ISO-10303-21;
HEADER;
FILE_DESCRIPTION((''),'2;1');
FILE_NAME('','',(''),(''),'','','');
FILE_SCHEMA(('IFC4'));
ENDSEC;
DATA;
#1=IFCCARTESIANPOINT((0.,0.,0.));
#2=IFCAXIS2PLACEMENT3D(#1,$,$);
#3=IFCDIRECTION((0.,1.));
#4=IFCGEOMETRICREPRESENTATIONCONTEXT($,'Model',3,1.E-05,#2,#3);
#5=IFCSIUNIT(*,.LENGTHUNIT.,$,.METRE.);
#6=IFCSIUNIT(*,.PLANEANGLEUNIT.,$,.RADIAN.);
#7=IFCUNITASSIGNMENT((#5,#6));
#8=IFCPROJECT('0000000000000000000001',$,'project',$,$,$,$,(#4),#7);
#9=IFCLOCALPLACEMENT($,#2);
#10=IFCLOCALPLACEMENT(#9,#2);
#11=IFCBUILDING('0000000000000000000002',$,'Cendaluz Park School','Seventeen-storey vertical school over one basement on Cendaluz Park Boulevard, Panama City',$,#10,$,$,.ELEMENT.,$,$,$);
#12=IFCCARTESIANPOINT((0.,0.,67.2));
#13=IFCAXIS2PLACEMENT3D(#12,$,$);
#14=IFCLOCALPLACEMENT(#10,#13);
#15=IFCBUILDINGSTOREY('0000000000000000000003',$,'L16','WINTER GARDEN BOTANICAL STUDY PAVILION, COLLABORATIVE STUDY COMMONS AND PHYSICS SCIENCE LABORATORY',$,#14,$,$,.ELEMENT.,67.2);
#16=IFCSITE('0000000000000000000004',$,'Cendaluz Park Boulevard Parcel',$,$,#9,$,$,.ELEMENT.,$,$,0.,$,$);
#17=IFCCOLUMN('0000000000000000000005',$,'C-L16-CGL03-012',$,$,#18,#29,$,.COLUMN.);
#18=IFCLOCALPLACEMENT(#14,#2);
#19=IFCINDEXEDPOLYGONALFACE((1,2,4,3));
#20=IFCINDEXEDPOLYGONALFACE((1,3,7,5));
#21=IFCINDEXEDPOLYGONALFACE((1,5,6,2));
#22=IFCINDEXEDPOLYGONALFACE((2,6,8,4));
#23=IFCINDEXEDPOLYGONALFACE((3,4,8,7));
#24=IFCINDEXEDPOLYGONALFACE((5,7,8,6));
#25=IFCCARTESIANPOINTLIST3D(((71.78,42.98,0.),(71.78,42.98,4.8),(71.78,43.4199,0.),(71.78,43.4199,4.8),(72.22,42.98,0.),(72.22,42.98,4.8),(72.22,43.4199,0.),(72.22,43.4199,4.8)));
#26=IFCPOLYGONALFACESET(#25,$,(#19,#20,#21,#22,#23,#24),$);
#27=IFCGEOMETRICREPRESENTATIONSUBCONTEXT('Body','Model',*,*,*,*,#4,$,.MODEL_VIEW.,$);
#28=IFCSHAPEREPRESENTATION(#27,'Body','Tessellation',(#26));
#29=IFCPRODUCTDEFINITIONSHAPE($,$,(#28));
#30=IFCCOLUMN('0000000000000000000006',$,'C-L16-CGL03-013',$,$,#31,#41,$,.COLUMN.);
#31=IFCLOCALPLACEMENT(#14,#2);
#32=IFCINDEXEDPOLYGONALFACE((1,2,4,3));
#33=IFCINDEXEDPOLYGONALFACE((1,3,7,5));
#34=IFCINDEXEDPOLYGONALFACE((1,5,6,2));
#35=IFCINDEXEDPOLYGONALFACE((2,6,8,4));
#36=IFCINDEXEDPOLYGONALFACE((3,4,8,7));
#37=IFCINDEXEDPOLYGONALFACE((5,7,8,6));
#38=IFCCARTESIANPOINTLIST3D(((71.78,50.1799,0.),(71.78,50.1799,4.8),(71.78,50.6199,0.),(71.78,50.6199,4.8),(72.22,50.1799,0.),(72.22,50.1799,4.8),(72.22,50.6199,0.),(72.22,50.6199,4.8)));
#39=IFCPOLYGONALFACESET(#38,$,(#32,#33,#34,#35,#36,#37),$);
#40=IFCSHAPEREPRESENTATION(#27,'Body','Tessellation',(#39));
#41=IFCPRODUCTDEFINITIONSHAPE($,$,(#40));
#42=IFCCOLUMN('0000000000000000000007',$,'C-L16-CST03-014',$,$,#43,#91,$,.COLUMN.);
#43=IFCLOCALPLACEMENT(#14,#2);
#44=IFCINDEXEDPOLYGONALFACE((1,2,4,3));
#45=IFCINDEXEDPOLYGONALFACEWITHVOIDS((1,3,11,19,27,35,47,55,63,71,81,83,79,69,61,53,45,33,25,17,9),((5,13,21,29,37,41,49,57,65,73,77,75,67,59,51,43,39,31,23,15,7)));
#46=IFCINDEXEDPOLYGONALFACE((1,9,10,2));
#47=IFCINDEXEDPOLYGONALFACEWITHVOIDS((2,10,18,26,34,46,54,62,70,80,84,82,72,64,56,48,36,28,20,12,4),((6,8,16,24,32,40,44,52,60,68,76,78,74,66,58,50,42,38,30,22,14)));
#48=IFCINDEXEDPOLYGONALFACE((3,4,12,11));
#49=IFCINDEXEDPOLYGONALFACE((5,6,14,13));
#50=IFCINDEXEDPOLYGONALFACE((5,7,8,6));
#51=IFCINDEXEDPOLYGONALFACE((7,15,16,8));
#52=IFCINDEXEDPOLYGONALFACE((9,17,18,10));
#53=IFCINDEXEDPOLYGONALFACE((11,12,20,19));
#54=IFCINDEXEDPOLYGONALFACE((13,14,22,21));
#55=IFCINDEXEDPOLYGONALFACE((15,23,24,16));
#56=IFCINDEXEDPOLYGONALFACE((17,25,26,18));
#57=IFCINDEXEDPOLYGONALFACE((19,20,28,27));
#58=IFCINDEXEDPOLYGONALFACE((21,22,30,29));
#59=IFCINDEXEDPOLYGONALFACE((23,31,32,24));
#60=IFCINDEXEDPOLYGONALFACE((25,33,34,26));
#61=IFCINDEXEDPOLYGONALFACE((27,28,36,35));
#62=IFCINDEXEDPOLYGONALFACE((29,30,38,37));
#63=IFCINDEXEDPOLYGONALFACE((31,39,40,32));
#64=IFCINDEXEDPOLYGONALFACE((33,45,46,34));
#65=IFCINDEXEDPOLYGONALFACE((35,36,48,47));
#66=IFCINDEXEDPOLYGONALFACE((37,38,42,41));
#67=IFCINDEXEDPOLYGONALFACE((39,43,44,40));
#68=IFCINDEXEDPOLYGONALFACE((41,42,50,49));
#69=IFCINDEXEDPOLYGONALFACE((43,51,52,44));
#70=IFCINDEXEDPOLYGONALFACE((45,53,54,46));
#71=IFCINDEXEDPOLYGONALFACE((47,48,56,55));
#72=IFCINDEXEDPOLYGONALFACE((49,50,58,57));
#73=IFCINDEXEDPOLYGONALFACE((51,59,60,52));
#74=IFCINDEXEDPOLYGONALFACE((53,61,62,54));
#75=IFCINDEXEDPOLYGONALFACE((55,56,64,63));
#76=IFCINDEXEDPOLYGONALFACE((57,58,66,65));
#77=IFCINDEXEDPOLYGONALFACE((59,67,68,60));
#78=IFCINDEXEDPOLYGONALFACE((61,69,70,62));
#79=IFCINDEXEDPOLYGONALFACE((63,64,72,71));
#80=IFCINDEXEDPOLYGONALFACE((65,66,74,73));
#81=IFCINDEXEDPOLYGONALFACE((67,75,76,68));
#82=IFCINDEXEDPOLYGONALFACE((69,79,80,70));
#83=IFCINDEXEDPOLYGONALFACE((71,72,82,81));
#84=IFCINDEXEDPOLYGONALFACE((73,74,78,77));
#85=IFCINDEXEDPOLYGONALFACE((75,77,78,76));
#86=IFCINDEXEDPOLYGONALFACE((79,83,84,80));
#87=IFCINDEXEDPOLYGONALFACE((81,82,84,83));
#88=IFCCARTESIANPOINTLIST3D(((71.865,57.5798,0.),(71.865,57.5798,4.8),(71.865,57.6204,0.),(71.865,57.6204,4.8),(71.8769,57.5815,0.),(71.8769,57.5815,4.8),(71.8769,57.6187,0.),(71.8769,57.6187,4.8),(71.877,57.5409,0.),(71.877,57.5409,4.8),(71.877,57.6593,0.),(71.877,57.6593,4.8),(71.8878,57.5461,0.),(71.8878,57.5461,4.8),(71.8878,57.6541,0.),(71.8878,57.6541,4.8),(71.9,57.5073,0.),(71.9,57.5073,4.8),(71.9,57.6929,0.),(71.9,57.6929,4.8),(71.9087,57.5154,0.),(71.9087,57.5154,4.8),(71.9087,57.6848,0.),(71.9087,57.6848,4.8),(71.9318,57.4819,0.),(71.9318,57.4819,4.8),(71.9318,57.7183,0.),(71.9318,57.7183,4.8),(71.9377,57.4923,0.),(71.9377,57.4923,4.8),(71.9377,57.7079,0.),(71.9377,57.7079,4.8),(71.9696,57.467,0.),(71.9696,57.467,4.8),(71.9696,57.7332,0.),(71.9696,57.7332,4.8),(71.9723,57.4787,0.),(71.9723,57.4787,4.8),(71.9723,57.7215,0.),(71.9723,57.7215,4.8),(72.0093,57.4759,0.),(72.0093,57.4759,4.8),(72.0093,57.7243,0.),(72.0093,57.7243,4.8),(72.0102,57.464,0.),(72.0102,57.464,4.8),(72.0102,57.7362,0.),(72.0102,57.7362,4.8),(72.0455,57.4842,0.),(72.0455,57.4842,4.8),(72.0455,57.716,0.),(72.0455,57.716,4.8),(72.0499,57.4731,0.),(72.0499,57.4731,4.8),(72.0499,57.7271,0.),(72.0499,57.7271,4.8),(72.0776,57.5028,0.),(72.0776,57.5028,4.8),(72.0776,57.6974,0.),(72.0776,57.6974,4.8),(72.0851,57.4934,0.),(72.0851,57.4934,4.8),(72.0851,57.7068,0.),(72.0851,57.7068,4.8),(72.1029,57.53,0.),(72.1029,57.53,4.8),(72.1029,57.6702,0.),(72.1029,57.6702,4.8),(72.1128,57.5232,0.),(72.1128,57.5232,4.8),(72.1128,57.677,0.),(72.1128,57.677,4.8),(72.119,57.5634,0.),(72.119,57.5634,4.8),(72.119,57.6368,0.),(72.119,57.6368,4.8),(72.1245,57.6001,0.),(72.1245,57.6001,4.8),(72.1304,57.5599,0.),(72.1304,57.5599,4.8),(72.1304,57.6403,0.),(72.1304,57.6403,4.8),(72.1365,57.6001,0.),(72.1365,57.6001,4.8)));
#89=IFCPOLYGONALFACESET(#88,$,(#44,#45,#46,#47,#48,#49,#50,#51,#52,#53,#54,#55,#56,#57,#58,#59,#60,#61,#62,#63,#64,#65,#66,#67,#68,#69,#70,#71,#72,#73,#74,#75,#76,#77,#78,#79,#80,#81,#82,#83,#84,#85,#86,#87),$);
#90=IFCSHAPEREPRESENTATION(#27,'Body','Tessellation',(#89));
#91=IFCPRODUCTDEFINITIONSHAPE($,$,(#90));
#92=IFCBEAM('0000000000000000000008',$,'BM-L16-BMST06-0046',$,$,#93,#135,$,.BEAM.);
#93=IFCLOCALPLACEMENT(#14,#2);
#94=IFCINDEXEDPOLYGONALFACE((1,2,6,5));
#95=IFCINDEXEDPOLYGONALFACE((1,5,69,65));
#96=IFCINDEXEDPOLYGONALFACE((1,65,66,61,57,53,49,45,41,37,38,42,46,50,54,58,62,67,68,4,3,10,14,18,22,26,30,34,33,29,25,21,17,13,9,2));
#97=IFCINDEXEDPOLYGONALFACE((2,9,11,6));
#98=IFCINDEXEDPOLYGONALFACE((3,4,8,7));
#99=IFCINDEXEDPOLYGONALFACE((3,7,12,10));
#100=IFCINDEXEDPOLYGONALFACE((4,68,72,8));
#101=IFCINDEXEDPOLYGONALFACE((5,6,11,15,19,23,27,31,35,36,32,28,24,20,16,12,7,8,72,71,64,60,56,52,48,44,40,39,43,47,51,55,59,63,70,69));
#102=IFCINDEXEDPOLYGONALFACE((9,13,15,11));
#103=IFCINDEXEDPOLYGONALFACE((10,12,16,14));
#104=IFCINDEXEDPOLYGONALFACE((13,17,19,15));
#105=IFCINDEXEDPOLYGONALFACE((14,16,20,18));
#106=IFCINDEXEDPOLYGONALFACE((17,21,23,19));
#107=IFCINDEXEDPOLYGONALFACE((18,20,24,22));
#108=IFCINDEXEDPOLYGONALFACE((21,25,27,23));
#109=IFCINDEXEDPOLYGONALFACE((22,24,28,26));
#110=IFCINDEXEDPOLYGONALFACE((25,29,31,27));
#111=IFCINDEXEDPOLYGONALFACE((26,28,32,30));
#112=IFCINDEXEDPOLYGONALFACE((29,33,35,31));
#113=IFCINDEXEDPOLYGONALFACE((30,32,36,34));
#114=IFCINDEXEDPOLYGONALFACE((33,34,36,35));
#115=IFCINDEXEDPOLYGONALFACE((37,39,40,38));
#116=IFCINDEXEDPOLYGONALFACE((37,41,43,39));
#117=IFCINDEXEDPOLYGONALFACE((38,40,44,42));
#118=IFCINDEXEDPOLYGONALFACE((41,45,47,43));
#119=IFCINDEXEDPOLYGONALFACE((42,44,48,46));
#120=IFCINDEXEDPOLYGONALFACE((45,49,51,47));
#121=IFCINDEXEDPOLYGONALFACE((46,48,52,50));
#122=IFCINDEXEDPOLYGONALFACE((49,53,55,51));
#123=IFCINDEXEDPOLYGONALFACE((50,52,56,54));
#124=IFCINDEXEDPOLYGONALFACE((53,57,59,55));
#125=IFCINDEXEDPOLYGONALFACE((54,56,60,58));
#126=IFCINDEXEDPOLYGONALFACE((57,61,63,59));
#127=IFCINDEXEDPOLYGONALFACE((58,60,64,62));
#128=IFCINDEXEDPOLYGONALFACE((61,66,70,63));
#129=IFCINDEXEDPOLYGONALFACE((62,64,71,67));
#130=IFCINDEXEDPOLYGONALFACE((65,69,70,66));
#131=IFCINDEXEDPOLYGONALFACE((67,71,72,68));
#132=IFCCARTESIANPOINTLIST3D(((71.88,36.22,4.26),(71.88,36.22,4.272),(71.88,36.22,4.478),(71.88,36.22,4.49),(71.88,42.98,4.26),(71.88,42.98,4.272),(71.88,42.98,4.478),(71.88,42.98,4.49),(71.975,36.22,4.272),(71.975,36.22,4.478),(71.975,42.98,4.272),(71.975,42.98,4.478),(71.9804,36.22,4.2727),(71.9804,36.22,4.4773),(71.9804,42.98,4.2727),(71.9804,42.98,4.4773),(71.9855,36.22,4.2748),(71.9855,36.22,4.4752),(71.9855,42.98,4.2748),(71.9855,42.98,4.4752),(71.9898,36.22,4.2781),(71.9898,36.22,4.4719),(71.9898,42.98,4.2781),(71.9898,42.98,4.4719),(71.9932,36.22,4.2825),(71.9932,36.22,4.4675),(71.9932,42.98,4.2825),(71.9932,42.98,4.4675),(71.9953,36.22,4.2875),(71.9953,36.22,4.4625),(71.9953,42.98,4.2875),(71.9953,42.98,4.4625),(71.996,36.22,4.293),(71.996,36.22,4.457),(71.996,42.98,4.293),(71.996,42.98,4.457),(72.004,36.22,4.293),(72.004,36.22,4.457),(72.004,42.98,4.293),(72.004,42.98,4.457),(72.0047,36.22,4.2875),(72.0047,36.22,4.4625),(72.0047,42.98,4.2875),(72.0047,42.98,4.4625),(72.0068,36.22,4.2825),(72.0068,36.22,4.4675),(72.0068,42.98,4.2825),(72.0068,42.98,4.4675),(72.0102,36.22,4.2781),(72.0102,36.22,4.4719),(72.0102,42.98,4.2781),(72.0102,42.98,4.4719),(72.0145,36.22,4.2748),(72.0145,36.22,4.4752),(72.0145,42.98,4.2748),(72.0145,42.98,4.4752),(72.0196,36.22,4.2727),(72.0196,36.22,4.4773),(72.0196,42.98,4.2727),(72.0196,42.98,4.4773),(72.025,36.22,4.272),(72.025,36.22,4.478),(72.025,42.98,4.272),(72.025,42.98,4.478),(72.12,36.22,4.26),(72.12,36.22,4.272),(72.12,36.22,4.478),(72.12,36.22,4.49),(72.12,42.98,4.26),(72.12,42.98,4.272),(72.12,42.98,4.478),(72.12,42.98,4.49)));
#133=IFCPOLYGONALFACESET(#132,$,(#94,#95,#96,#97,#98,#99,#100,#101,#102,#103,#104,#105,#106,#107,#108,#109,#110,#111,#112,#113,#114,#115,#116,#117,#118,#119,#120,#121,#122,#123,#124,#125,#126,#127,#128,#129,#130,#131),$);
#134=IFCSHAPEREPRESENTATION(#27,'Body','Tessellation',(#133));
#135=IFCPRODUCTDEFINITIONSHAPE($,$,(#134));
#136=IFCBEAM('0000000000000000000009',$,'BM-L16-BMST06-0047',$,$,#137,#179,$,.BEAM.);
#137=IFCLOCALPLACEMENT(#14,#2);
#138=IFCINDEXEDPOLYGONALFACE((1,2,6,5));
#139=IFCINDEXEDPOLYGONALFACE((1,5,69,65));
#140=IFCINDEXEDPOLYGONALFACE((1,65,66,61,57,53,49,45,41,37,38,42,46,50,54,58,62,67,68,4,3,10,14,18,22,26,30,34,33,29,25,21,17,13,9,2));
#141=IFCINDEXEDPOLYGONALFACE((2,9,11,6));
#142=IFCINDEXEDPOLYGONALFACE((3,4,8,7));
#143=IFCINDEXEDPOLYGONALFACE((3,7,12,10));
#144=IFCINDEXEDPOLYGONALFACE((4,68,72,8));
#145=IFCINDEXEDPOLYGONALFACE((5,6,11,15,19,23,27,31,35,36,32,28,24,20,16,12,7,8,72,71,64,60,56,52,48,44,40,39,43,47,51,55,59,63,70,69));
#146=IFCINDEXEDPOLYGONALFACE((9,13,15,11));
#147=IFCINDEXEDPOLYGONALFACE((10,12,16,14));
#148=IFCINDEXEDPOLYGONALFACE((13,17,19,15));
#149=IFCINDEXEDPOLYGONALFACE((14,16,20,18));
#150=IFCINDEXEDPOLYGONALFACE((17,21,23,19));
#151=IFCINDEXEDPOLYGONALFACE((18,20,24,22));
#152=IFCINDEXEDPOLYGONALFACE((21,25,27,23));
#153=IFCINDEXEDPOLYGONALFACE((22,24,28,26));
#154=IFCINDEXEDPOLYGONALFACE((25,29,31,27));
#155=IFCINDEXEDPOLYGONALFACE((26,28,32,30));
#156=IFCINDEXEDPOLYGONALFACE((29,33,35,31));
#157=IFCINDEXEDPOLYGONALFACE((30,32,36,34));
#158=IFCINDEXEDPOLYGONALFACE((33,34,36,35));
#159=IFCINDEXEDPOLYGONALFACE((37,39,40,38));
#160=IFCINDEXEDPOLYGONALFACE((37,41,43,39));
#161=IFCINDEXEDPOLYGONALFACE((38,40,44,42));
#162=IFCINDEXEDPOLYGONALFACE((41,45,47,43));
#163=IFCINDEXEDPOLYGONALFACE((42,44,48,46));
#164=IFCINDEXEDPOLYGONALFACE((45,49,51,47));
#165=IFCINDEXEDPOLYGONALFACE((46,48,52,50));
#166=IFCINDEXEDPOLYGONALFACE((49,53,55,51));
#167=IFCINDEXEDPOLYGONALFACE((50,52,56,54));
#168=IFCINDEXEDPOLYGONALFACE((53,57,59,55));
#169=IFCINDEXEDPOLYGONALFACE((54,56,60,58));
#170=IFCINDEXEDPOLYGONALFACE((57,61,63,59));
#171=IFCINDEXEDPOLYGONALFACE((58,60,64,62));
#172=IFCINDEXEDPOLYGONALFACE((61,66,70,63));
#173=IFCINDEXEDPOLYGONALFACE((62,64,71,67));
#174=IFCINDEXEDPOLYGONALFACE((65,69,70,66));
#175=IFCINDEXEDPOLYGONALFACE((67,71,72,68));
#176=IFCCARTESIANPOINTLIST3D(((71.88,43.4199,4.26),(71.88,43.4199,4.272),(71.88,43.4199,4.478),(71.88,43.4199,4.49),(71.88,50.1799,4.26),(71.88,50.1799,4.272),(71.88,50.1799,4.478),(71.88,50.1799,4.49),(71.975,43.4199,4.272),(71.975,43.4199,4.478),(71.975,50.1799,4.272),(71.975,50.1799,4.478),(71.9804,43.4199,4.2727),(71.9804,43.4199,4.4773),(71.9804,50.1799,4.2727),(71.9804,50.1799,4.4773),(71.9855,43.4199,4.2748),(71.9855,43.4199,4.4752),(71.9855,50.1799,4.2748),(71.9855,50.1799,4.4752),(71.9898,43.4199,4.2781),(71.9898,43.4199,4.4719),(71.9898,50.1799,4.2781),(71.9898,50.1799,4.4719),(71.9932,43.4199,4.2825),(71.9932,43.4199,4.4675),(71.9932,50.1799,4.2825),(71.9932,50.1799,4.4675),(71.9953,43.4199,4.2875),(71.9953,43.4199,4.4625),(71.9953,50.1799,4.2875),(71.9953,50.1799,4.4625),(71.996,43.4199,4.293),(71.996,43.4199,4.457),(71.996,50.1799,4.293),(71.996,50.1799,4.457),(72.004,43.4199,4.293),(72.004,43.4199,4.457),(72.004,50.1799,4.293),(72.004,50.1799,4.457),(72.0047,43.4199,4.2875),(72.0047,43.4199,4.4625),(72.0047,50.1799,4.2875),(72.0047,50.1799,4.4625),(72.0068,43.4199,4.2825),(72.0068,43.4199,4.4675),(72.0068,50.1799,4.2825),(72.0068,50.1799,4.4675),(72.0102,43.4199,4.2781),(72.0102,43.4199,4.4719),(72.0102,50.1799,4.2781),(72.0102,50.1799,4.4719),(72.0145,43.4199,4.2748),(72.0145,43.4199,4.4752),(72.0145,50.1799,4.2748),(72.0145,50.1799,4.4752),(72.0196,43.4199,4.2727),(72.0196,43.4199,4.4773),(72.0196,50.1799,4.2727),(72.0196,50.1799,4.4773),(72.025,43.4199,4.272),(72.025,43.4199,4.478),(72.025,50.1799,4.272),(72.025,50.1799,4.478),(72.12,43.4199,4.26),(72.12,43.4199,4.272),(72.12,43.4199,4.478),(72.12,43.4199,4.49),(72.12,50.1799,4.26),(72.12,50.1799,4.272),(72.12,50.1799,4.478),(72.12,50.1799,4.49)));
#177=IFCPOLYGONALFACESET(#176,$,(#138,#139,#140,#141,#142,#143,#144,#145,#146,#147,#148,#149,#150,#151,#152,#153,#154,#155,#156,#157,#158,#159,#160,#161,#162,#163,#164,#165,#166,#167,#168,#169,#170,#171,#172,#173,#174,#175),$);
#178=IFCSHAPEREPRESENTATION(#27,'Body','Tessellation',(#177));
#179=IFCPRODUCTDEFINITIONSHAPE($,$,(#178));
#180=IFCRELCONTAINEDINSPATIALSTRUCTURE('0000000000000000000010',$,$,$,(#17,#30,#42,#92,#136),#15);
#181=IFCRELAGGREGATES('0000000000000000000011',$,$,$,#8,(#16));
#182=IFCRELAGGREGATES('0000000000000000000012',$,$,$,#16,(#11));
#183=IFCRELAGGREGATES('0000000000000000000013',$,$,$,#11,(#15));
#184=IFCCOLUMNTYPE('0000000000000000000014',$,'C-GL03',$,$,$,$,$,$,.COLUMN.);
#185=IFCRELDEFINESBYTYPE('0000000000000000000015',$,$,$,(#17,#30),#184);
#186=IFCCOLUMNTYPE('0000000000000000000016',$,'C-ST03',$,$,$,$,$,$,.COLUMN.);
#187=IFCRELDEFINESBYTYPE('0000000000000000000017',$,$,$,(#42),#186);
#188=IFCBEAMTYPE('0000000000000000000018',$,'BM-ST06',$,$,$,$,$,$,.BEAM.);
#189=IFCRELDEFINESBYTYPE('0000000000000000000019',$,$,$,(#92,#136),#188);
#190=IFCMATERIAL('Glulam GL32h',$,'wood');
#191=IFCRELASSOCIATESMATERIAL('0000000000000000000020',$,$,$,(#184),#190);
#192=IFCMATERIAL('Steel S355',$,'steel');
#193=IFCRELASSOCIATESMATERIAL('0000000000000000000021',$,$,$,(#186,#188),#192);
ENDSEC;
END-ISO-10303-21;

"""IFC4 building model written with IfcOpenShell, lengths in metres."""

from ifc_helpers import new_model, si_unit, direction, frame, origin, origin_2d, place, context, subcontext, project, spatial, rectangle, hollow_circle, i_section, extrude, material, material_profile, profile_set, type_object, element, save


model = new_model("IFC4")

# Units and contexts
model_context = context("Model", 3, precision=1e-05, world=origin(), true_north=direction((0.0, 1.0)))
body_context = subcontext(model_context, "Body", "Model", "MODEL_VIEW")
ifc_project = project(units=[si_unit("LENGTHUNIT", "METRE"), si_unit("PLANEANGLEUNIT", "RADIAN")], contexts=[model_context])

# Site, building, storey
site_placement = place(None, origin())
site = spatial("IfcSite", under=ifc_project, at=site_placement, Name="Cendaluz Park Boulevard Parcel", CompositionType="ELEMENT", RefElevation=0.0)
building_placement = place(site_placement, origin())
building = spatial("IfcBuilding", under=site, at=building_placement, Name="Cendaluz Park School", Description="Seventeen-storey vertical school over one basement on Cendaluz Park Boulevard, Panama City", CompositionType="ELEMENT")
storey_placement = place(building_placement, frame((0.0, 0.0, 67.2)))
storey = spatial("IfcBuildingStorey", under=building, at=storey_placement, Name="L16", Description="WINTER GARDEN BOTANICAL STUDY PAVILION, COLLABORATIVE STUDY COMMONS AND PHYSICS SCIENCE LABORATORY", CompositionType="ELEMENT", Elevation=67.2)

# Columns
ifc_material_1 = material(Name="Glulam GL32h", Category="wood")
ifc_material_profile_1 = material_profile(ifc_material_1, rectangle(XDim=0.4399, YDim=0.4399, at=origin_2d()), Name="GL32h 440x440", Category="wood")
ifc_profile_set_1 = profile_set([ifc_material_profile_1], Name="Glulam GL32h")
column_type_1 = type_object("IfcColumnType", Name="C-GL03", PredefinedType="COLUMN", material=ifc_profile_set_1)
for number, where, z_axis, x_axis, name in (
    (1, (72.0, 43.2, 0.0), (0.0, 0.0, 1.0), (1.0, 0.0, 0.0), "C-L16-CGL03-012"),
    (2, (72.0, 50.3999, 0.0), (0.0, 0.0, 1.0), (1.0, 0.0, 0.0), "C-L16-CGL03-013"),
):
    element("IfcColumn", number, at=place(storey_placement, frame(where, z_axis=z_axis, x_axis=x_axis)), inside=storey, type_object=column_type_1, Name=name, PredefinedType="COLUMN", context=body_context, shape_type="SweptSolid", body=[
        extrude(rectangle(XDim=0.4399, YDim=0.4399, at=origin_2d()), origin(), (0.0, 0.0, 1.0), 4.8),
    ])
ifc_material_2 = material(Name="Steel S355", Category="steel")
ifc_material_profile_2 = material_profile(ifc_material_2, hollow_circle(Radius=0.1365, WallThickness=0.012, at=origin_2d()), Name="CHS 273x12", Category="steel")
ifc_profile_set_2 = profile_set([ifc_material_profile_2], Name="Steel S355")
column_type_2 = type_object("IfcColumnType", Name="C-ST03", PredefinedType="COLUMN", material=ifc_profile_set_2)
column_placement = place(storey_placement, frame((72.0, 57.6001, 0.0), z_axis=(0.0, 0.0, 1.0), x_axis=(1.0, 0.0, 0.0)))
element("IfcColumn", 3, at=column_placement, inside=storey, type_object=column_type_2, Name="C-L16-CST03-014", PredefinedType="COLUMN", context=body_context, shape_type="SweptSolid", body=[
    extrude(hollow_circle(Radius=0.1365, WallThickness=0.012, at=origin_2d()), origin(), (0.0, 0.0, 1.0), 4.8),
])

# Beams
ifc_material_profile_3 = material_profile(ifc_material_2, i_section(OverallWidth=0.24, OverallDepth=0.23, WebThickness=0.0081, FlangeThickness=0.012, FilletRadius=0.021, at=origin_2d()), Name="HEA 240", Category="steel")
ifc_profile_set_3 = profile_set([ifc_material_profile_3], Name="Steel S355")
beam_type = type_object("IfcBeamType", Name="BM-ST06", PredefinedType="BEAM", material=ifc_profile_set_3)
for number, where, z_axis, x_axis, name in (
    (4, (72.0, 36.22, 4.375), (0.0, 1.0, 0.0), (-1.0, 0.0, 0.0), "BM-L16-BMST06-0046"),
    (5, (72.0, 43.4199, 4.375), (0.0, 1.0, 0.0), (-1.0, 0.0, 0.0), "BM-L16-BMST06-0047"),
):
    element("IfcBeam", number, at=place(storey_placement, frame(where, z_axis=z_axis, x_axis=x_axis)), inside=storey, type_object=beam_type, Name=name, PredefinedType="BEAM", context=body_context, shape_type="SweptSolid", body=[
        extrude(i_section(OverallWidth=0.24, OverallDepth=0.23, WebThickness=0.0081, FlangeThickness=0.012, FilletRadius=0.021, at=origin_2d()), origin(), (0.0, 0.0, 1.0), 6.76),
    ])

save(model, "model.ifc")
